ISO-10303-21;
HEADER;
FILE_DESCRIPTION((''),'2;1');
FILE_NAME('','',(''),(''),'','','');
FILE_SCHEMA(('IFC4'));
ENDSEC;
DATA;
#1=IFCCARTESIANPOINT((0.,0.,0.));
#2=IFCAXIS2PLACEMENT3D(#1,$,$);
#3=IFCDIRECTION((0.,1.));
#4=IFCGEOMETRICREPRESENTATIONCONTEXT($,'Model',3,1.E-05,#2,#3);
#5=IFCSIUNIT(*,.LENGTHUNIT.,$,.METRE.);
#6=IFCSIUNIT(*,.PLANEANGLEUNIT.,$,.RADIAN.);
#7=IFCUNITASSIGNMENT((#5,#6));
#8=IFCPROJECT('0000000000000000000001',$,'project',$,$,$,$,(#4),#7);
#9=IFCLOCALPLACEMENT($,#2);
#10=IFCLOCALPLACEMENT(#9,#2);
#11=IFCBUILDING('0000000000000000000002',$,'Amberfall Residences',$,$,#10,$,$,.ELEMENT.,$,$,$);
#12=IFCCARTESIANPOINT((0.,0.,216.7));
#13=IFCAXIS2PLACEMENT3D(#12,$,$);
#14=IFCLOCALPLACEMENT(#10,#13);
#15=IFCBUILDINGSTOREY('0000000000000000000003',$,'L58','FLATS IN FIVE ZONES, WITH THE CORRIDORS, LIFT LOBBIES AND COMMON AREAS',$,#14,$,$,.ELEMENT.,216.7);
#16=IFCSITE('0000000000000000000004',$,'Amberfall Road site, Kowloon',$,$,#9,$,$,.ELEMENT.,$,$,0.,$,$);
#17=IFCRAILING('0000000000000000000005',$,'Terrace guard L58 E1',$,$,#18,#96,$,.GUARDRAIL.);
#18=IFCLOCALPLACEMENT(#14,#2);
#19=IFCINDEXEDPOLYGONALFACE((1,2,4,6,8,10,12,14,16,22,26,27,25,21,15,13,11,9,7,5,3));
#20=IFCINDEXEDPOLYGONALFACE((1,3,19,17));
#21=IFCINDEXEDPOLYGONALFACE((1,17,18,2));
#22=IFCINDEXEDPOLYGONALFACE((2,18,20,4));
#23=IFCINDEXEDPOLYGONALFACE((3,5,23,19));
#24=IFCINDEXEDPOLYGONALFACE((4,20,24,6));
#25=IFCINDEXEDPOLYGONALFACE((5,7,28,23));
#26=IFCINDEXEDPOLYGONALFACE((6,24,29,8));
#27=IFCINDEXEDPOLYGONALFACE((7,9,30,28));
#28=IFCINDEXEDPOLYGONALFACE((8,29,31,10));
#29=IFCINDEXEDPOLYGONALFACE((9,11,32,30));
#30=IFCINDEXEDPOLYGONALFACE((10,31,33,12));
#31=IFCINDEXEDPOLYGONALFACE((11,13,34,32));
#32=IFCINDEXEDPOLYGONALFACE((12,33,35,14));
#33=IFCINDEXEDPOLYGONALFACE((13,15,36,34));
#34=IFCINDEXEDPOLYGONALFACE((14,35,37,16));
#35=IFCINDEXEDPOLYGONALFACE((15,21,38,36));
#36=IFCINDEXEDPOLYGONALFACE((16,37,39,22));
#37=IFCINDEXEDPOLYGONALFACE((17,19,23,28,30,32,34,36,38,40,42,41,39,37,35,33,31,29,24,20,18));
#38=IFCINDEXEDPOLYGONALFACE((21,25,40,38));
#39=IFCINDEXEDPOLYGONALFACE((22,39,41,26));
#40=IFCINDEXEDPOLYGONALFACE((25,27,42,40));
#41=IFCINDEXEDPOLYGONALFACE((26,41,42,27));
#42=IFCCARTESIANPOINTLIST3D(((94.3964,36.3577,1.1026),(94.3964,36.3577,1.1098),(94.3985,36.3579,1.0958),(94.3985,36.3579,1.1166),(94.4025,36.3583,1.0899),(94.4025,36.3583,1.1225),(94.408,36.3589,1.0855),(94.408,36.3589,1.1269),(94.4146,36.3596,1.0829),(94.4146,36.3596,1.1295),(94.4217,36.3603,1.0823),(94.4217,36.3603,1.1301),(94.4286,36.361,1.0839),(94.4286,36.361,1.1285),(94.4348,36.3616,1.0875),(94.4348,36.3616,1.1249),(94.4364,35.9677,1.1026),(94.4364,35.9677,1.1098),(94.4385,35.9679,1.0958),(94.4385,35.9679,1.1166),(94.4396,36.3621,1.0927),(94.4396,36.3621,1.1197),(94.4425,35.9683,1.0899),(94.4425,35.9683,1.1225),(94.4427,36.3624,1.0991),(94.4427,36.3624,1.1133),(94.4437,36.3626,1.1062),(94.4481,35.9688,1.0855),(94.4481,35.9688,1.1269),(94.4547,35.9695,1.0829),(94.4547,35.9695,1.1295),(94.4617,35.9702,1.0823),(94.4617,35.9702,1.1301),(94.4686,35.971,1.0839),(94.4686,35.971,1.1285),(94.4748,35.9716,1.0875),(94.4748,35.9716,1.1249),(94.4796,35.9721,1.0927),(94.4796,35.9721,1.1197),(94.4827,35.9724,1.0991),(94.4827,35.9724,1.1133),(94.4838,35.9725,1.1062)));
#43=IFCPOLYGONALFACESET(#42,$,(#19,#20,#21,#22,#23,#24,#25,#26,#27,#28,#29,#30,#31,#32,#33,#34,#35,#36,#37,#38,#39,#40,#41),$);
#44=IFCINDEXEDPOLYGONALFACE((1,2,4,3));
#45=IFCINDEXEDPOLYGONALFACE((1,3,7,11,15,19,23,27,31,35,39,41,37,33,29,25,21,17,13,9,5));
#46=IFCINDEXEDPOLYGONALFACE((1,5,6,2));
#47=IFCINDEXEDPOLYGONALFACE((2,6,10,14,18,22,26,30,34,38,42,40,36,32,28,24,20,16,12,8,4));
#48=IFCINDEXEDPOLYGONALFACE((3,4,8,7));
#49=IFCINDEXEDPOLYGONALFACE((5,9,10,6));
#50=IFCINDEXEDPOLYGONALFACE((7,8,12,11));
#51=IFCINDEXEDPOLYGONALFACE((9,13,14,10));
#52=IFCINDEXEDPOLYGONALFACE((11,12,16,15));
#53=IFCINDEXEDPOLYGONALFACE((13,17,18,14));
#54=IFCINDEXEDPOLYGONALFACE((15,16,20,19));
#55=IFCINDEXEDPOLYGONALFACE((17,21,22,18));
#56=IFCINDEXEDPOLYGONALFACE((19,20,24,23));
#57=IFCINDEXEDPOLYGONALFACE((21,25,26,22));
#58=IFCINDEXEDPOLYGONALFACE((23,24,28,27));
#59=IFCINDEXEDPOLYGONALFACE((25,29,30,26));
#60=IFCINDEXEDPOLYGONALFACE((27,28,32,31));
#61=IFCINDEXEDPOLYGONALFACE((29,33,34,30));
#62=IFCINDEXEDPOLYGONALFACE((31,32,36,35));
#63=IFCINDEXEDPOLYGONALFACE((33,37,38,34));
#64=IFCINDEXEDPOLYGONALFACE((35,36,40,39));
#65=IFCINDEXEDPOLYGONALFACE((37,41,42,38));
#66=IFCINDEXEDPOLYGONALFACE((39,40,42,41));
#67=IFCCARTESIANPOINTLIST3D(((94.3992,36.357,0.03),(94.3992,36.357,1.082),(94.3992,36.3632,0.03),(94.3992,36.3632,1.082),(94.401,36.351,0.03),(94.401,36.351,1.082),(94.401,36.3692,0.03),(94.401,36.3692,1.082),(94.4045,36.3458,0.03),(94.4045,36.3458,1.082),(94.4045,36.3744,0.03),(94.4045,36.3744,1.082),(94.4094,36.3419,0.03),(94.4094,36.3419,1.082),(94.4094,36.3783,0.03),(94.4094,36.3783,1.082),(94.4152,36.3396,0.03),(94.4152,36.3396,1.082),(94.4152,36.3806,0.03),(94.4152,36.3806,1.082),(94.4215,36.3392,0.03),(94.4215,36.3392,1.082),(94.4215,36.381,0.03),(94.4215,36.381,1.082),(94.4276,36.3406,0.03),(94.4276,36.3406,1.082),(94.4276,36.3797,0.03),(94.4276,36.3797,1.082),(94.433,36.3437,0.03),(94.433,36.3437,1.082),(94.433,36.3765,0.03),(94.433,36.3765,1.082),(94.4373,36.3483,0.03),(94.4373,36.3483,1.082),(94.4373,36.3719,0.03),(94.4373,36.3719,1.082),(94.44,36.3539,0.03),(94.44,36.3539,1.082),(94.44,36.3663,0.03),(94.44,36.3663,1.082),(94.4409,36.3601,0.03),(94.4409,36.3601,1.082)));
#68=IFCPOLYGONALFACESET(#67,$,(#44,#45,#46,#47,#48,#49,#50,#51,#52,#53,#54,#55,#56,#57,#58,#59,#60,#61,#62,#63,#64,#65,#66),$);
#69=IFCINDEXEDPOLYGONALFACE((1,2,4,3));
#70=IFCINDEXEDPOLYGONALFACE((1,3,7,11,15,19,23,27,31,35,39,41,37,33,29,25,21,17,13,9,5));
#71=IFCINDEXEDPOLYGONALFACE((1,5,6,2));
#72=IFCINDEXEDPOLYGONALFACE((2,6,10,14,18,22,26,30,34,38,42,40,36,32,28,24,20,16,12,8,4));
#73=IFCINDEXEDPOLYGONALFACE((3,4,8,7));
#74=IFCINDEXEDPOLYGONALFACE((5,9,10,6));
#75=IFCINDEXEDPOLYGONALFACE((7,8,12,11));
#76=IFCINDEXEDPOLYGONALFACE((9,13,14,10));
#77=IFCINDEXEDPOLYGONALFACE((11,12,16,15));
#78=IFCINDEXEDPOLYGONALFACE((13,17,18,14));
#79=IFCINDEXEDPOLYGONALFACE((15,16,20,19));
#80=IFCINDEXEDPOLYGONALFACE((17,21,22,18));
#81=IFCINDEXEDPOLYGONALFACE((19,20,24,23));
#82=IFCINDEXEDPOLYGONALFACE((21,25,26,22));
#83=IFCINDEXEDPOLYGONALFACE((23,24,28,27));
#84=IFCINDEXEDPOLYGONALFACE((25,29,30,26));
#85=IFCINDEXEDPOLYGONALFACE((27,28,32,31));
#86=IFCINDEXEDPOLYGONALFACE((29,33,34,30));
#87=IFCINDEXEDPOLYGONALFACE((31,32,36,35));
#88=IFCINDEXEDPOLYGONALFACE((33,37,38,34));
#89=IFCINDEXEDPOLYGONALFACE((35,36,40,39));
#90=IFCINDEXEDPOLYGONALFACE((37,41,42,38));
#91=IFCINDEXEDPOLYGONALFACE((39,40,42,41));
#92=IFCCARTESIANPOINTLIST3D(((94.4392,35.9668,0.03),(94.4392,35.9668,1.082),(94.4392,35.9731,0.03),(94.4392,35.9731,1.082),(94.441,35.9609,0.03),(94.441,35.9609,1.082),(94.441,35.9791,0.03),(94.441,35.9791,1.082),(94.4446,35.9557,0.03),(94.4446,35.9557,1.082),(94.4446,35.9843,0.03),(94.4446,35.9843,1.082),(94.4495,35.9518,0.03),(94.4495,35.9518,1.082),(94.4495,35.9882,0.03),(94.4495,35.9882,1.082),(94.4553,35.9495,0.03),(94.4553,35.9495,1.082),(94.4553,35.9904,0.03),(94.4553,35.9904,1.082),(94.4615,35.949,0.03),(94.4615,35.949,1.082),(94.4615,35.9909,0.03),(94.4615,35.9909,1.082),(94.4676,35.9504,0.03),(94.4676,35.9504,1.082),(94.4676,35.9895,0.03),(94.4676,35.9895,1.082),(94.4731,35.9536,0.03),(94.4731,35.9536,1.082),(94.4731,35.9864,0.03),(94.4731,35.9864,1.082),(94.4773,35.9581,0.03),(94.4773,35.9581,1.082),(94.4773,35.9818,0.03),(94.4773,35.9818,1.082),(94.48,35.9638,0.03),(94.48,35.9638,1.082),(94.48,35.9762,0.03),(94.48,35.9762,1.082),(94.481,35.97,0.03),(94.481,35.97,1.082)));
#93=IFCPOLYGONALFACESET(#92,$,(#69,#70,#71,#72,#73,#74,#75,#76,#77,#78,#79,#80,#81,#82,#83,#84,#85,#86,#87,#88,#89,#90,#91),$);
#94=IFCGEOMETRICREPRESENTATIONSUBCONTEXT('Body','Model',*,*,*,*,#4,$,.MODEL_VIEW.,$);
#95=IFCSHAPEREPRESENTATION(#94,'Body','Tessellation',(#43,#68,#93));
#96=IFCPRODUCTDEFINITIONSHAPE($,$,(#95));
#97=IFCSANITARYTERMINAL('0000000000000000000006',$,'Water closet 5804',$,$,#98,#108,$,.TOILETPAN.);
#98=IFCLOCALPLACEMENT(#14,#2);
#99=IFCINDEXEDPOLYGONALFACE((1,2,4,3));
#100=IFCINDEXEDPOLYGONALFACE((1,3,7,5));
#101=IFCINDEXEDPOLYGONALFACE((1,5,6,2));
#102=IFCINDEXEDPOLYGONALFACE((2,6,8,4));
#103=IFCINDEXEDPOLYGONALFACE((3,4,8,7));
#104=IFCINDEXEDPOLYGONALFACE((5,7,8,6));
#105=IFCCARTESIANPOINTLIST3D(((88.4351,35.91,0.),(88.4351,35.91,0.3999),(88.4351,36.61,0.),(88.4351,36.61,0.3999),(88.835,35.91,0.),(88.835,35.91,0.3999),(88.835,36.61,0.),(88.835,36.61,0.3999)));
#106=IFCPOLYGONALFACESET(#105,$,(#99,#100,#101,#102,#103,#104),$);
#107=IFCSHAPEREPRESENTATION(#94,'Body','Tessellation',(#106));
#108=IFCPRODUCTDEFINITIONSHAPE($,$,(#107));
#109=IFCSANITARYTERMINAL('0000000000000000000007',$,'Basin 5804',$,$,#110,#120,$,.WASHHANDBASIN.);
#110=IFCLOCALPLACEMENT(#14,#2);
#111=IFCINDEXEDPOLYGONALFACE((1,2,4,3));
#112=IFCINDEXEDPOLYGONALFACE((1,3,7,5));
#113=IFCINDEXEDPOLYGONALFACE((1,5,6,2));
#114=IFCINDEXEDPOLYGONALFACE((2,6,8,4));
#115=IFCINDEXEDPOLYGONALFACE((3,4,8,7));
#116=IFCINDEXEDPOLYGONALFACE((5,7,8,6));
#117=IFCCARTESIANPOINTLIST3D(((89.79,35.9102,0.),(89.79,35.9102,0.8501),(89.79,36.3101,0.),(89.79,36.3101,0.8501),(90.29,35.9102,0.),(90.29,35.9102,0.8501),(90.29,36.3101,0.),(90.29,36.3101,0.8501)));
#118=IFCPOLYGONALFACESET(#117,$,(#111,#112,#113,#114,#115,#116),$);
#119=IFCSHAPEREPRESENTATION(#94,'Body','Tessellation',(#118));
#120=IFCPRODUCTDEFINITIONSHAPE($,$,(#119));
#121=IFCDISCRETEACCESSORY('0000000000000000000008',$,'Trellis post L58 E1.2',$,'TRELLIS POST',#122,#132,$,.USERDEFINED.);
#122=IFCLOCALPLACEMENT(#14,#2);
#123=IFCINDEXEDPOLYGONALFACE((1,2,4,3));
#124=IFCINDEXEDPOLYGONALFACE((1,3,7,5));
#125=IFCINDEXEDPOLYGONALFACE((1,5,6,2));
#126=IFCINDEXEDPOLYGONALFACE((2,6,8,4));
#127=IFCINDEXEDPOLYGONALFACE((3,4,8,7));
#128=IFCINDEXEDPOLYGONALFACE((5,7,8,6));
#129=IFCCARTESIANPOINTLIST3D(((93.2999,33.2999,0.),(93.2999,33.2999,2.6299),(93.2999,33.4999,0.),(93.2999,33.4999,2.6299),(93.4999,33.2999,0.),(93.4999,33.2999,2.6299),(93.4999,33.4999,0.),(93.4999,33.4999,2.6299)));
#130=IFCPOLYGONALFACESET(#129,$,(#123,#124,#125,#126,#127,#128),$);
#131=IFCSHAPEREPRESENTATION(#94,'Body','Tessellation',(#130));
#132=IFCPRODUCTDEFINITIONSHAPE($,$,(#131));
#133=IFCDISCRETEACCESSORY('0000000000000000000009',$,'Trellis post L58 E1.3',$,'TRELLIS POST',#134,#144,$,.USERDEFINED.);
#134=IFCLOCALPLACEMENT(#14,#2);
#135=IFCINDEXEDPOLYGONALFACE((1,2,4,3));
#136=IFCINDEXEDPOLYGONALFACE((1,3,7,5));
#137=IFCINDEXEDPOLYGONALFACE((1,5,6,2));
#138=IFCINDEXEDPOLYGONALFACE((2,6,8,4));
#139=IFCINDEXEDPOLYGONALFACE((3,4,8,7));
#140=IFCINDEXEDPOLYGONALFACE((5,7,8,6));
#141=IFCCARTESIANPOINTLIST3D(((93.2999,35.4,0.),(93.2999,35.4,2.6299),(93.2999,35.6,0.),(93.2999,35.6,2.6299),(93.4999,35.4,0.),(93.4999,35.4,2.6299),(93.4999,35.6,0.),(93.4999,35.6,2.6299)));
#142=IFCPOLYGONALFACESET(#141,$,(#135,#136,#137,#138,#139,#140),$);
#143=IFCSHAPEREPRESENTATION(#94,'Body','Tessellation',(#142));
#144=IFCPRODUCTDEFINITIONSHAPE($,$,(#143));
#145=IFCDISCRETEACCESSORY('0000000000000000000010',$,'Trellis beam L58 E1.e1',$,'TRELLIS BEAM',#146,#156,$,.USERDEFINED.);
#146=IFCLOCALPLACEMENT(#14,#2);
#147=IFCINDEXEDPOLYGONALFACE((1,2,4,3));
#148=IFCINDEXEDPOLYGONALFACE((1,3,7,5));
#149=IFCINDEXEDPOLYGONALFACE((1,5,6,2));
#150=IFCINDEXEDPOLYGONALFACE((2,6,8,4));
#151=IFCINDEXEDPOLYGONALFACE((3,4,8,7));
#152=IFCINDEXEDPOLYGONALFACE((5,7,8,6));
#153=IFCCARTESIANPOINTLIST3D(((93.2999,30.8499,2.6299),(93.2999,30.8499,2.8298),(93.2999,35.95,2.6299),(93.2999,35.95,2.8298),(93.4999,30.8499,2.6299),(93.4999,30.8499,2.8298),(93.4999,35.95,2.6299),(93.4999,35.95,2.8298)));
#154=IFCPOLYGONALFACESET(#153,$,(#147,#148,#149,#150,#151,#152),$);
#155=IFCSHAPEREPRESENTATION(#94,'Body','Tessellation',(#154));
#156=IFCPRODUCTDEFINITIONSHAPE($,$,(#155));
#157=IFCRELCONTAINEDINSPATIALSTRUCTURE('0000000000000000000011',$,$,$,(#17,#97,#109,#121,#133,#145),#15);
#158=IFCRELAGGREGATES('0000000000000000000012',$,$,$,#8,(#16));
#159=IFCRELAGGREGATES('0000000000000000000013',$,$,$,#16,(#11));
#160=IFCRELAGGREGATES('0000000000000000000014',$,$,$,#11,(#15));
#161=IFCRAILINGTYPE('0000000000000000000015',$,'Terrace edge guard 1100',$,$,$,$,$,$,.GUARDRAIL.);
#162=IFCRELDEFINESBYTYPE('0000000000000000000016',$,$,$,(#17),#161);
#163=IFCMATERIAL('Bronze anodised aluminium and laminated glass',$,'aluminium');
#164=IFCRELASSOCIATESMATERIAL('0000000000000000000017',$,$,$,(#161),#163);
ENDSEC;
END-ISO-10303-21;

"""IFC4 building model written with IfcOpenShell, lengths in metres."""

from ifc_helpers import new_model, si_unit, direction, frame, origin, origin_2d, place, context, subcontext, project, spatial, rectangle, circle, extrude, material, type_object, element, save


model = new_model("IFC4")

# Units and contexts
model_context = context("Model", 3, precision=1e-05, world=origin(), true_north=direction((0.0, 1.0)))
body_context = subcontext(model_context, "Body", "Model", "MODEL_VIEW")
ifc_project = project(units=[si_unit("LENGTHUNIT", "METRE"), si_unit("PLANEANGLEUNIT", "RADIAN")], contexts=[model_context])

# Site, building, storey
site_placement = place(None, origin())
site = spatial("IfcSite", under=ifc_project, at=site_placement, Name="Amberfall Road site, Kowloon", CompositionType="ELEMENT", RefElevation=0.0)
building_placement = place(site_placement, origin())
building = spatial("IfcBuilding", under=site, at=building_placement, Name="Amberfall Residences", CompositionType="ELEMENT")
storey_placement = place(building_placement, frame((0.0, 0.0, 216.7)))
storey = spatial("IfcBuildingStorey", under=building, at=storey_placement, Name="L58", Description="FLATS IN FIVE ZONES, WITH THE CORRIDORS, LIFT LOBBIES AND COMMON AREAS", CompositionType="ELEMENT", Elevation=216.7)

# Railing
ifc_material_1 = material(Name="Bronze anodised aluminium and laminated glass", Category="aluminium")
railing_type = type_object("IfcRailingType", Name="Terrace edge guard 1100", PredefinedType="GUARDRAIL", material=ifc_material_1)
railing_placement = place(storey_placement, frame((94.4199, 36.3601, 0.03)))
element("IfcRailing", 1, at=railing_placement, inside=storey, type_object=railing_type, Name="Terrace guard L58 E1", PredefinedType="GUARDRAIL", context=body_context, shape_type="SweptSolid", body=[
    extrude(circle(Radius=0.0239, at=origin_2d()), frame((0.0, 0.0, 1.0762), z_axis=(0.102092, -0.994775, 0.0), x_axis=(0.994775, 0.102092, 0.0)), (0.0, 0.0, 1.0), 0.3921),
    extrude(circle(Radius=0.021, at=origin_2d()), origin(), (0.0, 0.0, 1.0), 1.052),
    extrude(circle(Radius=0.021, at=origin_2d()), frame((0.04, -0.3901, 0.0)), (0.0, 0.0, 1.0), 1.052),
])

# Sanitary terminals
sanitary_terminal_1_placement = place(storey_placement, frame((88.635, 36.26, 0.0), z_axis=(0.0, 0.0, 1.0), x_axis=(1.0, 0.0, 0.0)))
element("IfcSanitaryTerminal", 2, at=sanitary_terminal_1_placement, inside=storey, Name="Water closet 5804", PredefinedType="TOILETPAN", context=body_context, shape_type="SweptSolid", body=[
    extrude(rectangle(XDim=0.3999, YDim=0.7, at=origin_2d()), origin(), (0.0, 0.0, 1.0), 0.3999),
])
sanitary_terminal_2_placement = place(storey_placement, frame((90.04, 36.1101, 0.0), z_axis=(0.0, 0.0, 1.0), x_axis=(1.0, 0.0, 0.0)))
element("IfcSanitaryTerminal", 3, at=sanitary_terminal_2_placement, inside=storey, Name="Basin 5804", PredefinedType="WASHHANDBASIN", context=body_context, shape_type="SweptSolid", body=[
    extrude(rectangle(XDim=0.5, YDim=0.3999, at=origin_2d()), origin(), (0.0, 0.0, 1.0), 0.8501),
])

# Discrete accessories
for number, where, z_axis, x_axis, name in (
    (4, (93.3999, 33.3999, 0.0), (0.0, 0.0, 1.0), (1.0, 0.0, 0.0), "Trellis post L58 E1.2"),
    (5, (93.3999, 35.5, 0.0), (0.0, 0.0, 1.0), (1.0, 0.0, 0.0), "Trellis post L58 E1.3"),
):
    element("IfcDiscreteAccessory", number, at=place(storey_placement, frame(where, z_axis=z_axis, x_axis=x_axis)), inside=storey, Name=name, ObjectType="TRELLIS POST", PredefinedType="USERDEFINED", context=body_context, shape_type="SweptSolid", body=[
        extrude(rectangle(XDim=0.2, YDim=0.2, at=origin_2d()), origin(), (0.0, 0.0, 1.0), 2.6299),
    ])
discrete_accessory_placement = place(storey_placement, frame((93.3999, 33.3999, 2.6299), z_axis=(0.0, 0.0, 1.0), x_axis=(0.0, 1.0, 0.0)))
element("IfcDiscreteAccessory", 6, at=discrete_accessory_placement, inside=storey, Name="Trellis beam L58 E1.e1", ObjectType="TRELLIS BEAM", PredefinedType="USERDEFINED", context=body_context, shape_type="SweptSolid", body=[
    extrude(rectangle(XDim=5.1001, YDim=0.2, at=origin_2d()), origin(), (0.0, 0.0, 1.0), 0.2),
])

save(model, "model.ifc")
